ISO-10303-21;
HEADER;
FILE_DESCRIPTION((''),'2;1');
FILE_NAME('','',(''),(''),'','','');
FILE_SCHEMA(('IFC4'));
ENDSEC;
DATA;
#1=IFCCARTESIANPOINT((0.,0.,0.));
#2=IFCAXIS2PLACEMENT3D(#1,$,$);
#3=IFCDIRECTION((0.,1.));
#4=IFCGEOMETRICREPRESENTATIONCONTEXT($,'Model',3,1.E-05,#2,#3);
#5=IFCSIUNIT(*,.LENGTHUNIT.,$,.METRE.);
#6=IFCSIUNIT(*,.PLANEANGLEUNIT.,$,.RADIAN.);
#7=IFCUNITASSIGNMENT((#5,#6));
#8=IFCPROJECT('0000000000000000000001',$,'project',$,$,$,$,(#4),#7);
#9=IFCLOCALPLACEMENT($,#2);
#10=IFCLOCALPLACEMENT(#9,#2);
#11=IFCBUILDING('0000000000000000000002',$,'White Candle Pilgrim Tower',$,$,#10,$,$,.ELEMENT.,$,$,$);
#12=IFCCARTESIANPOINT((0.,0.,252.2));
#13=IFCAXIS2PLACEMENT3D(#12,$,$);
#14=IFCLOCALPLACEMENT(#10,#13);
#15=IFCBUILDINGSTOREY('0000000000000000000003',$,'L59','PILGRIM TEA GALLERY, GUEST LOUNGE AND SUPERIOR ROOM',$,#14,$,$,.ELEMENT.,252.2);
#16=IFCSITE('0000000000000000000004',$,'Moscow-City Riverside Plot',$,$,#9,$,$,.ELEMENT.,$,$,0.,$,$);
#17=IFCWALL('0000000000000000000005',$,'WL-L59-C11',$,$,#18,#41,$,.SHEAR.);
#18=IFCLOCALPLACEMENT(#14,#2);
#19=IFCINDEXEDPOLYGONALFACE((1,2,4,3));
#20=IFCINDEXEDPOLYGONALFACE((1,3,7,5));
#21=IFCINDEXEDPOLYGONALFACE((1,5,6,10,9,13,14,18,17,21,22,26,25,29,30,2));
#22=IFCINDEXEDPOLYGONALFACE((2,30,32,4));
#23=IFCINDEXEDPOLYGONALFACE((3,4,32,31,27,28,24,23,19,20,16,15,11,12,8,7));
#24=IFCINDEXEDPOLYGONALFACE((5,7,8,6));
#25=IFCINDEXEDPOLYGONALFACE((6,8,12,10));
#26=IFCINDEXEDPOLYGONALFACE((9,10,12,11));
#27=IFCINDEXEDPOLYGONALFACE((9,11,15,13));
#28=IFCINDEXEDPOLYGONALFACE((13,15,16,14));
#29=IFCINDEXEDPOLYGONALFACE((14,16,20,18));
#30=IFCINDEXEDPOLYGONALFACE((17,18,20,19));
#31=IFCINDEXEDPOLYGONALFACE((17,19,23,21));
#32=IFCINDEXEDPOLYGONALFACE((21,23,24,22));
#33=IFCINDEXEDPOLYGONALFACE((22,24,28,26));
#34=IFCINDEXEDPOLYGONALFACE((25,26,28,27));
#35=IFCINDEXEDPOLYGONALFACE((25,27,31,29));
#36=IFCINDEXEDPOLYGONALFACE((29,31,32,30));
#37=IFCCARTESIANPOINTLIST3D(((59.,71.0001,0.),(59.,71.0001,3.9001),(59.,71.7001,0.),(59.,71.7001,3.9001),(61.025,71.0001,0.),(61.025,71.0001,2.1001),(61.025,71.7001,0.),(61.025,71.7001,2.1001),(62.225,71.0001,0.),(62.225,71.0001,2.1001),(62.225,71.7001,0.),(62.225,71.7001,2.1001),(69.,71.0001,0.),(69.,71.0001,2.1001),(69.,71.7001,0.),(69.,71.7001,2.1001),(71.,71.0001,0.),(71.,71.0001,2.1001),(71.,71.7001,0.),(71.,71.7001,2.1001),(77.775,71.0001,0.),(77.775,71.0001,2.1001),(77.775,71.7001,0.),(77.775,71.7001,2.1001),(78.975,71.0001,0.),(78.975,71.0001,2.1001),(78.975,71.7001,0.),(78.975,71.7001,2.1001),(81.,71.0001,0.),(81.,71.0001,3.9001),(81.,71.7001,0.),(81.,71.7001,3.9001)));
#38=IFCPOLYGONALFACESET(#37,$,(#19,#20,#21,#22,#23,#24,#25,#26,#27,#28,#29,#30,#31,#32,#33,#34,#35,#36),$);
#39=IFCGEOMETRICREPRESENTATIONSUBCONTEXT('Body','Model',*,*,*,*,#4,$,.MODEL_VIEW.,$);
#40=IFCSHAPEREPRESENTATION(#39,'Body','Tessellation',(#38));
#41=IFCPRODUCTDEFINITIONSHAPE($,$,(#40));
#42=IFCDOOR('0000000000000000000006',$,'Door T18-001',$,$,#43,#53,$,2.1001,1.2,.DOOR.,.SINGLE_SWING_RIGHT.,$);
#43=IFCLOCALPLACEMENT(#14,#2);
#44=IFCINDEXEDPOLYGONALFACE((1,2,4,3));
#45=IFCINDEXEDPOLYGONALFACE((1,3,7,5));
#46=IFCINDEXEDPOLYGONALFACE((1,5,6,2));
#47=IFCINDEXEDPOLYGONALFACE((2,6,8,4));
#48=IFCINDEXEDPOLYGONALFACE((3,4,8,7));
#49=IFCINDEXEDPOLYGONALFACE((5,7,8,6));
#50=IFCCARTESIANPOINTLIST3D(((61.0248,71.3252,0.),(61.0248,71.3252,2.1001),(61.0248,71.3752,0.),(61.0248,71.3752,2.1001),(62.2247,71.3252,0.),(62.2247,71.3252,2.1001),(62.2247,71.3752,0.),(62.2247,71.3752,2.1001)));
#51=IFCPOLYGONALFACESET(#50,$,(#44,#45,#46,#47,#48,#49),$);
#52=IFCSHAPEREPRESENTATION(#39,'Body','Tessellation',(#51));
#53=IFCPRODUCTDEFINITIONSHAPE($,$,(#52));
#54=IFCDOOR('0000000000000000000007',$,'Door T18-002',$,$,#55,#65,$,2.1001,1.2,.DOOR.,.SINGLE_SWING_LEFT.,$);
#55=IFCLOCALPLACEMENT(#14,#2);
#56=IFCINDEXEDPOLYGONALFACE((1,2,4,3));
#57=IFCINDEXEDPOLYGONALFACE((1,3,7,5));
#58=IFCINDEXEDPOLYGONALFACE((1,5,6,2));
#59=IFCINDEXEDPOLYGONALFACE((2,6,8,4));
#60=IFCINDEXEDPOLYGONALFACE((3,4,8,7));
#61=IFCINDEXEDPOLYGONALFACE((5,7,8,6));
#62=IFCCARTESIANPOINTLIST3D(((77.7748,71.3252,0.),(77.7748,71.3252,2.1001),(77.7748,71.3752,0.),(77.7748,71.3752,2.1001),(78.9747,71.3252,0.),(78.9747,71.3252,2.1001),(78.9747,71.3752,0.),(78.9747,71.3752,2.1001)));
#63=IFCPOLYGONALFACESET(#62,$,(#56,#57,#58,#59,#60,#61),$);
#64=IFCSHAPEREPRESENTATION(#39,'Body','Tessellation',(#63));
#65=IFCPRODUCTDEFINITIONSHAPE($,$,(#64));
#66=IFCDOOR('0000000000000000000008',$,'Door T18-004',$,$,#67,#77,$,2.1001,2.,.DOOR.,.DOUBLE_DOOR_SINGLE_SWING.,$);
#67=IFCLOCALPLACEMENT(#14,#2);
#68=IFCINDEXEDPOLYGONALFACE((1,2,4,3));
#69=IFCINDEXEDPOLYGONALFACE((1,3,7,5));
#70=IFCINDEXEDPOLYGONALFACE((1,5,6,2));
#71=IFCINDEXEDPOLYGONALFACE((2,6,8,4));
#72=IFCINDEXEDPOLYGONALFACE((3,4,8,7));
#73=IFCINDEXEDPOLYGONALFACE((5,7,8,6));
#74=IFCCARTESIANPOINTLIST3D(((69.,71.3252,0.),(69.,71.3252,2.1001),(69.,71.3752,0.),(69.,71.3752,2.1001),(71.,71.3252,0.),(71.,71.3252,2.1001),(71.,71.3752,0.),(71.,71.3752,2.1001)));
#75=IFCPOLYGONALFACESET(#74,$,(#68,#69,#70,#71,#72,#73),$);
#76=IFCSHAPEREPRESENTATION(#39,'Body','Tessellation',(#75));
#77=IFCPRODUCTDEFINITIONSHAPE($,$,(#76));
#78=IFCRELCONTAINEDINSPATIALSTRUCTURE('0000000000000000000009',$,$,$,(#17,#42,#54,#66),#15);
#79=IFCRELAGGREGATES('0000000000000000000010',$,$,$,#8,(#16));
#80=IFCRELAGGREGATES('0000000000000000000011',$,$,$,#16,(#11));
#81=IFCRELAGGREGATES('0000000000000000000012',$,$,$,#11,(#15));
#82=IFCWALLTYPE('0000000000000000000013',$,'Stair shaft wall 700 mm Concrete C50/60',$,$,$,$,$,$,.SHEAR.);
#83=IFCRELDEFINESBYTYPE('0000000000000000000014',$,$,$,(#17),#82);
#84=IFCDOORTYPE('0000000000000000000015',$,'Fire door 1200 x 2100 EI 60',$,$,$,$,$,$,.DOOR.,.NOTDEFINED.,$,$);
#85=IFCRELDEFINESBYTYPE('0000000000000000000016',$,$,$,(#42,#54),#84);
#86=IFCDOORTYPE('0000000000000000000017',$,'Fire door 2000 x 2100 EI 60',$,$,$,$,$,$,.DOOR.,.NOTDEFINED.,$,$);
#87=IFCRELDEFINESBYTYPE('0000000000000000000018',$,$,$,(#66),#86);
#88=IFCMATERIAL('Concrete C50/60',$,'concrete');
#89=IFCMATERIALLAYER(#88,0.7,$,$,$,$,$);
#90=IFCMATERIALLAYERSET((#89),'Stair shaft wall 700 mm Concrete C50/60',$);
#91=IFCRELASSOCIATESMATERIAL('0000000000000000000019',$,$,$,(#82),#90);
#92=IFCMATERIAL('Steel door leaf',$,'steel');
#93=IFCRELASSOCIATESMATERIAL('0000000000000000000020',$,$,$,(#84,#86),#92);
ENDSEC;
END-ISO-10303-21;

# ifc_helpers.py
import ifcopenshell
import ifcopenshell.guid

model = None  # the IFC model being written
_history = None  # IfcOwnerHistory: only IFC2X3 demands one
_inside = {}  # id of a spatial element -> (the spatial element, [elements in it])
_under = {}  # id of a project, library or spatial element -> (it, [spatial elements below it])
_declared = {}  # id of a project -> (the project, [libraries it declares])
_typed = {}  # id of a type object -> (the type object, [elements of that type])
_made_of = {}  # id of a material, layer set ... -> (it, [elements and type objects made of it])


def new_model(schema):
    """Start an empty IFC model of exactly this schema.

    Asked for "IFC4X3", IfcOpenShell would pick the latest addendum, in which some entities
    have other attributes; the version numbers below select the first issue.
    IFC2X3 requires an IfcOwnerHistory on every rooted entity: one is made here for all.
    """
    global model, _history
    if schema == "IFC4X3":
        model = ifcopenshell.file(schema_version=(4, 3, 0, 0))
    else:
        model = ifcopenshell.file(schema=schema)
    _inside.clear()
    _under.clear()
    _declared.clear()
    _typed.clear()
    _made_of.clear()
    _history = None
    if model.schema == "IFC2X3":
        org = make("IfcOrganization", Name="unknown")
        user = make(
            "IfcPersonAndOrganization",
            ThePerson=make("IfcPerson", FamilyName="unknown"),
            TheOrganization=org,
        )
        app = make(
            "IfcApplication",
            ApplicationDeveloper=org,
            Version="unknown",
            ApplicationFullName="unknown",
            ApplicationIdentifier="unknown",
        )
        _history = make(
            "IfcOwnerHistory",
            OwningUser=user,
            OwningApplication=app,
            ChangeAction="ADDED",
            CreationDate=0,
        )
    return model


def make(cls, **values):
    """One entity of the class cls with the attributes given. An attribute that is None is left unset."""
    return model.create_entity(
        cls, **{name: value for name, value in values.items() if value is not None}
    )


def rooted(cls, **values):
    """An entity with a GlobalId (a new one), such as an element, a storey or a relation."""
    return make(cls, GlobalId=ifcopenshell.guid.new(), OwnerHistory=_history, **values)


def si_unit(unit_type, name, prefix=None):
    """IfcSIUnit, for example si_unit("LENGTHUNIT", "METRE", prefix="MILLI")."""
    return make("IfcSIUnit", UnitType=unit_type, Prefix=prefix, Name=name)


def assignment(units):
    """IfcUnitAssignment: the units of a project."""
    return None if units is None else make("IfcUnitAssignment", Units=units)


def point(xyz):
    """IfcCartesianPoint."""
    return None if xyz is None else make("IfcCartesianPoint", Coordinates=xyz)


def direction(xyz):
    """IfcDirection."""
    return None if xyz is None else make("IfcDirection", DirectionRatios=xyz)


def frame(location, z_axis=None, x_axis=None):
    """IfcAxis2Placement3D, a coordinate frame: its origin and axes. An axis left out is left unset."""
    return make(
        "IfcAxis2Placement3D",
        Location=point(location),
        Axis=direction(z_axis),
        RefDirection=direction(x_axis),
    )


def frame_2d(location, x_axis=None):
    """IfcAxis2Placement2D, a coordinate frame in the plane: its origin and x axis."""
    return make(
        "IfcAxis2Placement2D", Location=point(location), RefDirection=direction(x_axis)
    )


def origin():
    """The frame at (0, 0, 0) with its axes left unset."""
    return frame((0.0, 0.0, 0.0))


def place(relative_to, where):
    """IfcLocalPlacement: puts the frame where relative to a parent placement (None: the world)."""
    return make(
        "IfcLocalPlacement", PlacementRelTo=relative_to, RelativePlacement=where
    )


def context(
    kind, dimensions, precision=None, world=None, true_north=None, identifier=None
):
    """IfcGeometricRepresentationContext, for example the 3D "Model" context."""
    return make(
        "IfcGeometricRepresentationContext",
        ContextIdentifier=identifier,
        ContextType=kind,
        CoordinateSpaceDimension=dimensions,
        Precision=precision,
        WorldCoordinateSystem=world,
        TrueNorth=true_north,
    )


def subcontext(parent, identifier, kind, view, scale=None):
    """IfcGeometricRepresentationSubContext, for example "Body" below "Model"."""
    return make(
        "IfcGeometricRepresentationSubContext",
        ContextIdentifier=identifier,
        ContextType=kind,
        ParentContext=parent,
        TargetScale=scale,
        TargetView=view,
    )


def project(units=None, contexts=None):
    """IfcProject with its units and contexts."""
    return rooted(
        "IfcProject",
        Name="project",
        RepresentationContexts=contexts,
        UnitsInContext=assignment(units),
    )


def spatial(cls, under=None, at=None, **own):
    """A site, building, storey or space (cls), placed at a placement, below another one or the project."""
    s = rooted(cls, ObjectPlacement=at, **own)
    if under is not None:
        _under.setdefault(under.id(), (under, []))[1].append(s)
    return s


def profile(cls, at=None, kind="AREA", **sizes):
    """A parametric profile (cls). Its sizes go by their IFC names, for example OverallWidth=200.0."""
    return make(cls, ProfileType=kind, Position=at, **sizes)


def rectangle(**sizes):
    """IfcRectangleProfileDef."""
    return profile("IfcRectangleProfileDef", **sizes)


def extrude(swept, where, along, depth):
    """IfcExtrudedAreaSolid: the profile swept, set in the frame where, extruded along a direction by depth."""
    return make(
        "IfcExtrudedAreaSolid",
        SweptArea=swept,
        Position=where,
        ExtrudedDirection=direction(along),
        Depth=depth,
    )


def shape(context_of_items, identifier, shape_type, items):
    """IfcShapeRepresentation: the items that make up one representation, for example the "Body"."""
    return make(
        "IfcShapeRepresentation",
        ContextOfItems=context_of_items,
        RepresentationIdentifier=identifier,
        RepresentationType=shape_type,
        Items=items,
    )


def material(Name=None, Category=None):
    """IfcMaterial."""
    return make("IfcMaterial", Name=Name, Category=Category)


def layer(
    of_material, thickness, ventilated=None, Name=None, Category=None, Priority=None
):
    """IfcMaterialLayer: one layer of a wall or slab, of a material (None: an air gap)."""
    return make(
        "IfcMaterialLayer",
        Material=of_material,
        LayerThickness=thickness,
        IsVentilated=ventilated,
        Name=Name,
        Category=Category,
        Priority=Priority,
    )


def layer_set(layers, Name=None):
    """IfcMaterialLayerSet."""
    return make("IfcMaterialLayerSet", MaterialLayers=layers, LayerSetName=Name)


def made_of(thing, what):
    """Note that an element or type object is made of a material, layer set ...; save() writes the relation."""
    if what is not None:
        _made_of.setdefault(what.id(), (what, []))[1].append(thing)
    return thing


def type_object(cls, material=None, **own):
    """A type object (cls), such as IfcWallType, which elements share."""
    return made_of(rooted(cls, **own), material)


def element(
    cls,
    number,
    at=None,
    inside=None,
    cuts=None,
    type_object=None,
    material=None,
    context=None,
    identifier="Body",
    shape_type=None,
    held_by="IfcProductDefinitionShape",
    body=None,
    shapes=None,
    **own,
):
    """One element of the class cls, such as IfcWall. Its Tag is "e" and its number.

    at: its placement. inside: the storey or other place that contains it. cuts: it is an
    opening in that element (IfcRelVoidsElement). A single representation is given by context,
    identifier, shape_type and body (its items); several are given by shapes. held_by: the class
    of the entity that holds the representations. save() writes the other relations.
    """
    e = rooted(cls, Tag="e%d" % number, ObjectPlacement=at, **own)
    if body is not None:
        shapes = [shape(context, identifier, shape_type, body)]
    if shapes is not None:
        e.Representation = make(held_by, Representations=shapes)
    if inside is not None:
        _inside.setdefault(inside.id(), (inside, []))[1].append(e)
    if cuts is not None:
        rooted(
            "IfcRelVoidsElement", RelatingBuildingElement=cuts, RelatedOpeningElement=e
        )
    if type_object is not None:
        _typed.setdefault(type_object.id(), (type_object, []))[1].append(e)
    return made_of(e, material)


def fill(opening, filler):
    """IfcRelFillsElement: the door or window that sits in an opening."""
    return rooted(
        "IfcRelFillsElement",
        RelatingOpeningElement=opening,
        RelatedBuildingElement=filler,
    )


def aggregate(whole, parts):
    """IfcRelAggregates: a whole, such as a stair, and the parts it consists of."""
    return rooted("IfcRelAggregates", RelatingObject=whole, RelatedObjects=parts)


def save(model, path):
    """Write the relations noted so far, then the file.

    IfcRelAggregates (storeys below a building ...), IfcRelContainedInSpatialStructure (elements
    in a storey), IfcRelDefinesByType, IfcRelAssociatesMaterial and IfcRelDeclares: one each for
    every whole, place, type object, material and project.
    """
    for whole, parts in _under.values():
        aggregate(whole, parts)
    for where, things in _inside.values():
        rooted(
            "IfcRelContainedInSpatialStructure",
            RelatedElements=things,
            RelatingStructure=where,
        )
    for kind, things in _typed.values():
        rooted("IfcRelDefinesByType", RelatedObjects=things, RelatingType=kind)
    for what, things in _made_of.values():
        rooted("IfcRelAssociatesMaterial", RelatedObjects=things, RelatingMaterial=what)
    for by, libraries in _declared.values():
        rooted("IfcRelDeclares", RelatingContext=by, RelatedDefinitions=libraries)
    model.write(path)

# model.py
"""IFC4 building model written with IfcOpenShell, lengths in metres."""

from ifc_helpers import new_model, si_unit, direction, frame, frame_2d, origin, place, context, subcontext, project, spatial, rectangle, extrude, material, layer, layer_set, type_object, element, fill, save


model = new_model("IFC4")

# Units and contexts
model_context = context("Model", 3, precision=1e-05, world=origin(), true_north=direction((0.0, 1.0)))
body_context = subcontext(model_context, "Body", "Model", "MODEL_VIEW")
ifc_project = project(units=[si_unit("LENGTHUNIT", "METRE"), si_unit("PLANEANGLEUNIT", "RADIAN")], contexts=[model_context])

# Site, building, storey
site_placement = place(None, origin())
site = spatial("IfcSite", under=ifc_project, at=site_placement, Name="Moscow-City Riverside Plot", CompositionType="ELEMENT", RefElevation=0.0)
building_placement = place(site_placement, origin())
building = spatial("IfcBuilding", under=site, at=building_placement, Name="White Candle Pilgrim Tower", CompositionType="ELEMENT")
storey_placement = place(building_placement, frame((0.0, 0.0, 252.2)))
storey = spatial("IfcBuildingStorey", under=building, at=storey_placement, Name="L59", Description="PILGRIM TEA GALLERY, GUEST LOUNGE AND SUPERIOR ROOM", CompositionType="ELEMENT", Elevation=252.2)

# Shared definitions
ifc_material_1 = material(Name="Concrete C50/60", Category="concrete")

# Shared definitions
ifc_material_2 = material(Name="Steel door leaf", Category="steel")

# Wall, openings, doors
ifc_layer_1 = layer(ifc_material_1, 0.7)
ifc_layer_set_1 = layer_set([ifc_layer_1], Name="Stair shaft wall 700 mm Concrete C50/60")
wall_type_1 = type_object("IfcWallType", Name="Stair shaft wall 700 mm Concrete C50/60", PredefinedType="SHEAR", material=ifc_layer_set_1)
wall_1_placement = place(storey_placement, frame((59.0, 71.3501, 0.0), z_axis=(0.0, 0.0, 1.0), x_axis=(1.0, 0.0, 0.0)))
wall_1 = element("IfcWall", 1, at=wall_1_placement, inside=storey, type_object=wall_type_1, Name="WL-L59-C11", PredefinedType="SHEAR", context=body_context, shape_type="SweptSolid", body=[
    extrude(rectangle(XDim=22.0, YDim=0.7, at=frame_2d((11.0, 0.0))), origin(), (0.0, 0.0, 1.0), 3.9001),
])
opening_1_placement = place(wall_1_placement, frame((2.0249, 0.0, 0.0)))
opening_1 = element("IfcOpeningElement", 2, at=opening_1_placement, cuts=wall_1, PredefinedType="OPENING", context=body_context, shape_type="SweptSolid", body=[
    extrude(rectangle(XDim=1.2, YDim=2.1001, at=frame_2d((0.6001, 1.05))), frame((0.0, 0.3599, 0.0), z_axis=(0.0, -1.0, 0.0), x_axis=(1.0, 0.0, 0.0)), (0.0, 0.0, 1.0), 0.72),
])
opening_2_placement = place(wall_1_placement, frame((18.7749, 0.0, 0.0)))
opening_2 = element("IfcOpeningElement", 3, at=opening_2_placement, cuts=wall_1, PredefinedType="OPENING", context=body_context, shape_type="SweptSolid", body=[
    extrude(rectangle(XDim=1.2, YDim=2.1001, at=frame_2d((0.6001, 1.05))), frame((0.0, 0.3599, 0.0), z_axis=(0.0, -1.0, 0.0), x_axis=(1.0, 0.0, 0.0)), (0.0, 0.0, 1.0), 0.72),
])
opening_3_placement = place(wall_1_placement, frame((10.0, 0.0, 0.0)))
opening_3 = element("IfcOpeningElement", 4, at=opening_3_placement, cuts=wall_1, PredefinedType="OPENING", context=body_context, shape_type="SweptSolid", body=[
    extrude(rectangle(XDim=2.0, YDim=2.1001, at=frame_2d((1.0, 1.05))), frame((0.0, 0.3599, 0.0), z_axis=(0.0, -1.0, 0.0), x_axis=(1.0, 0.0, 0.0)), (0.0, 0.0, 1.0), 0.72),
])
door_type_1 = type_object("IfcDoorType", Name="Fire door 1200 x 2100 EI 60", OperationType="NOTDEFINED", PredefinedType="DOOR", material=ifc_material_2)
door_1_placement = place(opening_1_placement, frame((1.2, 0.0, 0.0), z_axis=(0.0, 0.0, 1.0), x_axis=(-1.0, 0.0, 0.0)))
door_1 = element("IfcDoor", 5, at=door_1_placement, inside=storey, type_object=door_type_1, Name="Door T18-001", OperationType="SINGLE_SWING_RIGHT", OverallHeight=2.1001, OverallWidth=1.2, PredefinedType="DOOR", context=body_context, shape_type="SweptSolid", body=[
    extrude(rectangle(XDim=1.2, YDim=2.1001, at=frame_2d((0.6001, 1.05))), frame((0.0, 0.0249, 0.0), z_axis=(0.0, -1.0, 0.0), x_axis=(1.0, 0.0, 0.0)), (0.0, 0.0, 1.0), 0.05),
])
fill(opening_1, door_1)
door_2_placement = place(opening_2_placement, frame((1.2, 0.0, 0.0), z_axis=(0.0, 0.0, 1.0), x_axis=(-1.0, 0.0, 0.0)))
door_2 = element("IfcDoor", 6, at=door_2_placement, inside=storey, type_object=door_type_1, Name="Door T18-002", OperationType="SINGLE_SWING_LEFT", OverallHeight=2.1001, OverallWidth=1.2, PredefinedType="DOOR", context=body_context, shape_type="SweptSolid", body=[
    extrude(rectangle(XDim=1.2, YDim=2.1001, at=frame_2d((0.6001, 1.05))), frame((0.0, 0.0249, 0.0), z_axis=(0.0, -1.0, 0.0), x_axis=(1.0, 0.0, 0.0)), (0.0, 0.0, 1.0), 0.05),
])
fill(opening_2, door_2)
door_type_2 = type_object("IfcDoorType", Name="Fire door 2000 x 2100 EI 60", OperationType="NOTDEFINED", PredefinedType="DOOR", material=ifc_material_2)
door_3_placement = place(opening_3_placement, frame((2.0, 0.0, 0.0), z_axis=(0.0, 0.0, 1.0), x_axis=(-1.0, 0.0, 0.0)))
door_3 = element("IfcDoor", 7, at=door_3_placement, inside=storey, type_object=door_type_2, Name="Door T18-004", OperationType="DOUBLE_DOOR_SINGLE_SWING", OverallHeight=2.1001, OverallWidth=2.0, PredefinedType="DOOR", context=body_context, shape_type="SweptSolid", body=[
    extrude(rectangle(XDim=2.0, YDim=2.1001, at=frame_2d((1.0, 1.05))), frame((0.0, 0.0249, 0.0), z_axis=(0.0, -1.0, 0.0), x_axis=(1.0, 0.0, 0.0)), (0.0, 0.0, 1.0), 0.05),
])
fill(opening_3, door_3)

save(model, "model.ifc")
